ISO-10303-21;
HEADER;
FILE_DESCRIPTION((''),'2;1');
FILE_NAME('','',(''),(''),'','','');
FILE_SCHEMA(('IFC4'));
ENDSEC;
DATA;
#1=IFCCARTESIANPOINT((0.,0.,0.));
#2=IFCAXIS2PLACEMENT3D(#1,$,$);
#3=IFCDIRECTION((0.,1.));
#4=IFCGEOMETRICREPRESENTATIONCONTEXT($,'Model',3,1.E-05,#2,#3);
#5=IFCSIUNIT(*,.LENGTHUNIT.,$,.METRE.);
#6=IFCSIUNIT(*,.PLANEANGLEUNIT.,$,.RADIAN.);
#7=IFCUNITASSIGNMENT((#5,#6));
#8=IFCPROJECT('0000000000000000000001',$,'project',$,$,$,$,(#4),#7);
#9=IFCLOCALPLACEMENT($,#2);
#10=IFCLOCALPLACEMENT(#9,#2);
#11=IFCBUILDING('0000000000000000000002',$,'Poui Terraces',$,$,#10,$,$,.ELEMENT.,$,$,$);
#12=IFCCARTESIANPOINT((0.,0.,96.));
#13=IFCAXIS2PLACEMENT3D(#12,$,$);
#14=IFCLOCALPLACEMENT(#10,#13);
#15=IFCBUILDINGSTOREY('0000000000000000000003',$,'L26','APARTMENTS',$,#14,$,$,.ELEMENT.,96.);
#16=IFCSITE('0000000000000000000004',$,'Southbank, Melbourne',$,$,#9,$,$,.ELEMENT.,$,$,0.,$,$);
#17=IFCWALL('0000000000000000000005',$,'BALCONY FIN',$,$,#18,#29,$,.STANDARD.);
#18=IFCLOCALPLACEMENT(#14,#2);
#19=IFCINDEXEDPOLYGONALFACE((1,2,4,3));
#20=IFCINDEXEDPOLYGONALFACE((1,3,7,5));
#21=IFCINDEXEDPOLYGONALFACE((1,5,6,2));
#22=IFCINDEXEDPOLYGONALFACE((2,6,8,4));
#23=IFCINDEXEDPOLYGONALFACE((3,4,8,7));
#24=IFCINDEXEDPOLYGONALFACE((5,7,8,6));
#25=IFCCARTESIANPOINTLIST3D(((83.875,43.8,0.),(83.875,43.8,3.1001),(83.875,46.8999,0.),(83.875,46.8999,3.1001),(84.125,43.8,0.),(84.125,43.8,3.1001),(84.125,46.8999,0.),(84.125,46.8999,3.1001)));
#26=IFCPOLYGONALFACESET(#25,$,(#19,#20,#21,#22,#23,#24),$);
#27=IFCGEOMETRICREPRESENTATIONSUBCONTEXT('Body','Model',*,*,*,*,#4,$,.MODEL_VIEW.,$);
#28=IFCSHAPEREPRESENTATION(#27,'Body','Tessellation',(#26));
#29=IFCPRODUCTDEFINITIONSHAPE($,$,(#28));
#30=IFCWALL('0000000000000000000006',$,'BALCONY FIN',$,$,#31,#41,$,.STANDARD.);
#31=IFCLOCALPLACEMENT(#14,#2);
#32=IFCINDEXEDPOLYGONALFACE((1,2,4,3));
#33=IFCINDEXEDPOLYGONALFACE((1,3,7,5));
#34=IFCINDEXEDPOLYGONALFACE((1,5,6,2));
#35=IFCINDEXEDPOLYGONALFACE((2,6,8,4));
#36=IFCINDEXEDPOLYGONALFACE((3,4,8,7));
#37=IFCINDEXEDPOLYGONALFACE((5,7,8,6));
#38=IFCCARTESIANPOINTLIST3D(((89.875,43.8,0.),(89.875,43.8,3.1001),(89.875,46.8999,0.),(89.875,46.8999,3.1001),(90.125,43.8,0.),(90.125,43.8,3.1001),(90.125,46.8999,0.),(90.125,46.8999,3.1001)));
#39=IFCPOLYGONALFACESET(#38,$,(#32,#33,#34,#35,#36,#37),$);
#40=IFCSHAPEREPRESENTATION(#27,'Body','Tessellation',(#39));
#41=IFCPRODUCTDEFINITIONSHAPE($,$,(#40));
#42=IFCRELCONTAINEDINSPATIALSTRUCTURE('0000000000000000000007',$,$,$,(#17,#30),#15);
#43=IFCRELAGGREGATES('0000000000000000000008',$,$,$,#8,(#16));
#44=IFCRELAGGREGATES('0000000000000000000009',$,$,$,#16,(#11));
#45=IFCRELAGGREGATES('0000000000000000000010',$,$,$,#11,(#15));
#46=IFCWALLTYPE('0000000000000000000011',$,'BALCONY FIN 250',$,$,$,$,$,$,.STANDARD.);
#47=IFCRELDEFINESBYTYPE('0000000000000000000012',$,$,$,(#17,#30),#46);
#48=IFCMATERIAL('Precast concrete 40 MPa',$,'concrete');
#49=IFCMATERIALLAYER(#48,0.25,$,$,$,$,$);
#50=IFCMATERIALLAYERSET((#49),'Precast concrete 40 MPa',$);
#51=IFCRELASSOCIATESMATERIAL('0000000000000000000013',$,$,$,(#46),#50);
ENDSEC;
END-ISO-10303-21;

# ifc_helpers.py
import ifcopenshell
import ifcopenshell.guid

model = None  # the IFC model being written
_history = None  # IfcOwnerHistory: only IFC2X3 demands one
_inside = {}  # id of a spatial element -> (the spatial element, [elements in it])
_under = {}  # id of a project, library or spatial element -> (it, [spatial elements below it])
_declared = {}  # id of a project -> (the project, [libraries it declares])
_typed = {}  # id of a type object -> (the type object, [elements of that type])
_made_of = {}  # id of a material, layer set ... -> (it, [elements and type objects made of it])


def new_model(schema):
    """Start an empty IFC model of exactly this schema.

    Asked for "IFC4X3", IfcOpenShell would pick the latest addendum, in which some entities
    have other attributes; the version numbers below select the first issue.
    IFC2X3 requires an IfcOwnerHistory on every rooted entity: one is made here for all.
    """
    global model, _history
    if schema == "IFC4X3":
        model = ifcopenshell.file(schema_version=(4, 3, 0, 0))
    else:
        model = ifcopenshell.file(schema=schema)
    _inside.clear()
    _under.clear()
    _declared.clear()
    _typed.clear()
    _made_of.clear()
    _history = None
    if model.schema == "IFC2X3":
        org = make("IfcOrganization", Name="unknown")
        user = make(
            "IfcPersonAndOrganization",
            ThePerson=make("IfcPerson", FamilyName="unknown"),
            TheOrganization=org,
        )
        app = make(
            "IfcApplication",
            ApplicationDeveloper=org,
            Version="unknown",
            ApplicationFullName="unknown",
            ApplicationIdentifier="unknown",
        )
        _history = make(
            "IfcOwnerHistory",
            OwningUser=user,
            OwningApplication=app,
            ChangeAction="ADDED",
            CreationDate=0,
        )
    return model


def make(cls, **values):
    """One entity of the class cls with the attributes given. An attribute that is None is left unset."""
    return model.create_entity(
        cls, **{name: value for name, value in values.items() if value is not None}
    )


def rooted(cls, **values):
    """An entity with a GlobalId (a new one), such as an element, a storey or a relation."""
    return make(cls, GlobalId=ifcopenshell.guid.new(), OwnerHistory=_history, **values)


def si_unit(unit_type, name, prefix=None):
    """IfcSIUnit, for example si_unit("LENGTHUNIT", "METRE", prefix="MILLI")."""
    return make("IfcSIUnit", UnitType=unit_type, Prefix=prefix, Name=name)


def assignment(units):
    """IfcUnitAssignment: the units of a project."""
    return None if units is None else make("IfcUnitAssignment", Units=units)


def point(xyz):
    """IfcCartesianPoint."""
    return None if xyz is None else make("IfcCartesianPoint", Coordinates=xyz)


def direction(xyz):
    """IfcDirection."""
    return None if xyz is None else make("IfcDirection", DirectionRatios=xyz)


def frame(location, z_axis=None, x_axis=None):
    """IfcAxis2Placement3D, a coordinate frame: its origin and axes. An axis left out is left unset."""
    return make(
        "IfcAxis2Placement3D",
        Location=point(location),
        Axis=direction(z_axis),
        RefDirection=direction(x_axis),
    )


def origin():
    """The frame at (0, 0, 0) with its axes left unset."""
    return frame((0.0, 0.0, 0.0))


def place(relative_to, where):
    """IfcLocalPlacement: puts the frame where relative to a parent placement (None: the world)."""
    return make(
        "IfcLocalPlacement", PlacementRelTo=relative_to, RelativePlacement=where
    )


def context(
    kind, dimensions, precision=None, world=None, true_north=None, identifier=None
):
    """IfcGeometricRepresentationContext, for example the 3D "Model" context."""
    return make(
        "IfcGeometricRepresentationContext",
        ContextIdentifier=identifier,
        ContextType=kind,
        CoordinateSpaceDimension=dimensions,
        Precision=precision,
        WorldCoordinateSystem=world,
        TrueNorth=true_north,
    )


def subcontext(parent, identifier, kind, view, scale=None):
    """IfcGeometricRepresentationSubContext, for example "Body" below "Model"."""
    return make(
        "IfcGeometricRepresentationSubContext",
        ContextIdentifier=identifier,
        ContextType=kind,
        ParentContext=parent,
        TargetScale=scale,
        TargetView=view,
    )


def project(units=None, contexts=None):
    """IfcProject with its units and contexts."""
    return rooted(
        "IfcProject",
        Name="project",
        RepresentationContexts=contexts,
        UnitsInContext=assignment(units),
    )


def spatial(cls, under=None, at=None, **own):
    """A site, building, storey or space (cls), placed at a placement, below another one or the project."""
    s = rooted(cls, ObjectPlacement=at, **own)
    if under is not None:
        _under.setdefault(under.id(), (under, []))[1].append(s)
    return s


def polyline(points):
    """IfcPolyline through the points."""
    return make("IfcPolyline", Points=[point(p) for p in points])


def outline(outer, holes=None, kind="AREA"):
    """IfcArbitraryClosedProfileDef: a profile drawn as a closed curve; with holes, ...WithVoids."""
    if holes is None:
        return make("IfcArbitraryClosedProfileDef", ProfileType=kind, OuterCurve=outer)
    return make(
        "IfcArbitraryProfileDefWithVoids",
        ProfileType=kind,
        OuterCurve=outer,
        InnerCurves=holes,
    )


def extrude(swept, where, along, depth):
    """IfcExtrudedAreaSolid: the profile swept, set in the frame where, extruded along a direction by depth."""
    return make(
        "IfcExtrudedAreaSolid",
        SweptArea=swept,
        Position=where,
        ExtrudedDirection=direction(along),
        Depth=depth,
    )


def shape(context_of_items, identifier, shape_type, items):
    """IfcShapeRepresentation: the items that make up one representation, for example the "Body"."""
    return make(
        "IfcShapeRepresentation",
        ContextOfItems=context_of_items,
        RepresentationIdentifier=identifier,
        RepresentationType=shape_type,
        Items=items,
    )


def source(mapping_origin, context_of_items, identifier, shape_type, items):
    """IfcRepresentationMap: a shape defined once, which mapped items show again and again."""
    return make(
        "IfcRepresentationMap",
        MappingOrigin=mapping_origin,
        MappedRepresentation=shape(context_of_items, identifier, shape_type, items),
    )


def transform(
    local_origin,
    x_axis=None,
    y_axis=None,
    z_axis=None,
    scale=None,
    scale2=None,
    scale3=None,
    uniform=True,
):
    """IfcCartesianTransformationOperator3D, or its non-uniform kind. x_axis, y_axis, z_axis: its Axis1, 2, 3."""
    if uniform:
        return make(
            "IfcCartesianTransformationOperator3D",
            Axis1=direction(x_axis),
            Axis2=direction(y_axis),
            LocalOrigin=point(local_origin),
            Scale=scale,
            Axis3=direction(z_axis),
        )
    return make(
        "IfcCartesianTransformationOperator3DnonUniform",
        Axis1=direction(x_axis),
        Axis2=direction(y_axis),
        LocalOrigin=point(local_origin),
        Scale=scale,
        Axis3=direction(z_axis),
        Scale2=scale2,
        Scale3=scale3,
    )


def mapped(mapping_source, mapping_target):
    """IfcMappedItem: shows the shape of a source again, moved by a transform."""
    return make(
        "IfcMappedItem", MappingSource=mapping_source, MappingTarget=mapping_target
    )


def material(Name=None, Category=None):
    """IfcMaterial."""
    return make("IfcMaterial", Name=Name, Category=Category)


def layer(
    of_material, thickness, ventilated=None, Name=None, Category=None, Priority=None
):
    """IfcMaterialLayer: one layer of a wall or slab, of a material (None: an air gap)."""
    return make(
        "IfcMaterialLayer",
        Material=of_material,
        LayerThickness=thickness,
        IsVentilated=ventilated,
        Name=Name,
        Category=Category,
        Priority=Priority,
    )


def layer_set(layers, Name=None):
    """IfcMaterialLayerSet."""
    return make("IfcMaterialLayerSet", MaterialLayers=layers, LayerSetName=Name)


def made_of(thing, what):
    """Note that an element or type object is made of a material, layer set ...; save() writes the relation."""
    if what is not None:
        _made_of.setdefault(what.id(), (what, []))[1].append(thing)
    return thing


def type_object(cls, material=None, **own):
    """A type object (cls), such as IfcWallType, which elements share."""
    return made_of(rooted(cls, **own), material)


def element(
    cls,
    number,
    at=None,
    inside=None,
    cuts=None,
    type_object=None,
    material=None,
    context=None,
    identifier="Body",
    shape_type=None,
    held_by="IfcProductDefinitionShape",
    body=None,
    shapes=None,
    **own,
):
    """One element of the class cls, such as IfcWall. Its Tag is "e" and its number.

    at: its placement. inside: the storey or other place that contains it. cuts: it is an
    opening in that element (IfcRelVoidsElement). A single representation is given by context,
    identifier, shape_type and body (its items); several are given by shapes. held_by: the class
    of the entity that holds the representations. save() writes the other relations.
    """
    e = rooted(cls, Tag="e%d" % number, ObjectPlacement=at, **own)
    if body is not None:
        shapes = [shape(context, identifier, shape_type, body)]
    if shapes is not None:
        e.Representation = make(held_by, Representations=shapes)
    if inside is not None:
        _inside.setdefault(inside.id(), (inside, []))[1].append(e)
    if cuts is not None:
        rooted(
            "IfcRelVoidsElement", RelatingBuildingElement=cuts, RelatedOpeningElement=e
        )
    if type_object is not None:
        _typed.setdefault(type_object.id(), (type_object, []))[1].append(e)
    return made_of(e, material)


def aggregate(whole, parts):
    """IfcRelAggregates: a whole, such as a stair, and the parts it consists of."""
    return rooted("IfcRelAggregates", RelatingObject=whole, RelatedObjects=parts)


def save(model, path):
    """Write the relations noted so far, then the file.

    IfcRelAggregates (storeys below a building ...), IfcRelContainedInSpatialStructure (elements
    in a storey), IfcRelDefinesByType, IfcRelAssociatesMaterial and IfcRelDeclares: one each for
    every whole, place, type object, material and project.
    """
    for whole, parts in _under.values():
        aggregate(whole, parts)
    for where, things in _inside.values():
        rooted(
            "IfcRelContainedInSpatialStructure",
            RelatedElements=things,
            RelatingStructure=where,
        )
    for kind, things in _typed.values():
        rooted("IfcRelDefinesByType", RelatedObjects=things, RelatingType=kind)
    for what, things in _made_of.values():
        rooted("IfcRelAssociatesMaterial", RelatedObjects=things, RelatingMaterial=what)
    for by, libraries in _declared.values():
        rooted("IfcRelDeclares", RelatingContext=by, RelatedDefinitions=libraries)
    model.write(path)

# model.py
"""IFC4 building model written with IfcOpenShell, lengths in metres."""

from ifc_helpers import new_model, si_unit, direction, frame, origin, place, context, subcontext, project, spatial, polyline, outline, extrude, source, transform, mapped, material, layer, layer_set, type_object, element, save


model = new_model("IFC4")

# Units and contexts
model_context = context("Model", 3, precision=1e-05, world=origin(), true_north=direction((0.0, 1.0)))
body_context = subcontext(model_context, "Body", "Model", "MODEL_VIEW")
ifc_project = project(units=[si_unit("LENGTHUNIT", "METRE"), si_unit("PLANEANGLEUNIT", "RADIAN")], contexts=[model_context])

# Site, building, storey
site_placement = place(None, origin())
site = spatial("IfcSite", under=ifc_project, at=site_placement, Name="Southbank, Melbourne", CompositionType="ELEMENT", RefElevation=0.0)
building_placement = place(site_placement, origin())
building = spatial("IfcBuilding", under=site, at=building_placement, Name="Poui Terraces", CompositionType="ELEMENT")
storey_placement = place(building_placement, frame((0.0, 0.0, 96.0)))
storey = spatial("IfcBuildingStorey", under=building, at=storey_placement, Name="L26", Description="APARTMENTS", CompositionType="ELEMENT", Elevation=96.0)

# Walls
ifc_material_1 = material(Name="Precast concrete 40 MPa", Category="concrete")
ifc_layer_1 = layer(ifc_material_1, 0.25)
ifc_layer_set_1 = layer_set([ifc_layer_1], Name="Precast concrete 40 MPa")
wall_type_1 = type_object("IfcWallType", Name="BALCONY FIN 250", PredefinedType="STANDARD", material=ifc_layer_set_1)
shared_shape_1 = source(origin(), body_context, "Body", "SweptSolid", [
    extrude(outline(polyline([(0.0, 0.0), (0.25, 0.0), (0.25, 3.0999), (0.0, 3.0999), (0.0, 0.0)])), origin(), (0.0, 0.0, 1.0), 3.1001),
])
for number, where, name in (
    (1, (83.875, 43.8, 0.0), "BALCONY FIN"),
    (2, (89.875, 43.8, 0.0), "BALCONY FIN"),
):
    element("IfcWall", number, at=place(storey_placement, frame(where)), inside=storey, type_object=wall_type_1, Name=name, PredefinedType="STANDARD", context=body_context, shape_type="MappedRepresentation", body=[
        mapped(shared_shape_1, transform((0.0, 0.0, 0.0))),
    ])

save(model, "model.ifc")
